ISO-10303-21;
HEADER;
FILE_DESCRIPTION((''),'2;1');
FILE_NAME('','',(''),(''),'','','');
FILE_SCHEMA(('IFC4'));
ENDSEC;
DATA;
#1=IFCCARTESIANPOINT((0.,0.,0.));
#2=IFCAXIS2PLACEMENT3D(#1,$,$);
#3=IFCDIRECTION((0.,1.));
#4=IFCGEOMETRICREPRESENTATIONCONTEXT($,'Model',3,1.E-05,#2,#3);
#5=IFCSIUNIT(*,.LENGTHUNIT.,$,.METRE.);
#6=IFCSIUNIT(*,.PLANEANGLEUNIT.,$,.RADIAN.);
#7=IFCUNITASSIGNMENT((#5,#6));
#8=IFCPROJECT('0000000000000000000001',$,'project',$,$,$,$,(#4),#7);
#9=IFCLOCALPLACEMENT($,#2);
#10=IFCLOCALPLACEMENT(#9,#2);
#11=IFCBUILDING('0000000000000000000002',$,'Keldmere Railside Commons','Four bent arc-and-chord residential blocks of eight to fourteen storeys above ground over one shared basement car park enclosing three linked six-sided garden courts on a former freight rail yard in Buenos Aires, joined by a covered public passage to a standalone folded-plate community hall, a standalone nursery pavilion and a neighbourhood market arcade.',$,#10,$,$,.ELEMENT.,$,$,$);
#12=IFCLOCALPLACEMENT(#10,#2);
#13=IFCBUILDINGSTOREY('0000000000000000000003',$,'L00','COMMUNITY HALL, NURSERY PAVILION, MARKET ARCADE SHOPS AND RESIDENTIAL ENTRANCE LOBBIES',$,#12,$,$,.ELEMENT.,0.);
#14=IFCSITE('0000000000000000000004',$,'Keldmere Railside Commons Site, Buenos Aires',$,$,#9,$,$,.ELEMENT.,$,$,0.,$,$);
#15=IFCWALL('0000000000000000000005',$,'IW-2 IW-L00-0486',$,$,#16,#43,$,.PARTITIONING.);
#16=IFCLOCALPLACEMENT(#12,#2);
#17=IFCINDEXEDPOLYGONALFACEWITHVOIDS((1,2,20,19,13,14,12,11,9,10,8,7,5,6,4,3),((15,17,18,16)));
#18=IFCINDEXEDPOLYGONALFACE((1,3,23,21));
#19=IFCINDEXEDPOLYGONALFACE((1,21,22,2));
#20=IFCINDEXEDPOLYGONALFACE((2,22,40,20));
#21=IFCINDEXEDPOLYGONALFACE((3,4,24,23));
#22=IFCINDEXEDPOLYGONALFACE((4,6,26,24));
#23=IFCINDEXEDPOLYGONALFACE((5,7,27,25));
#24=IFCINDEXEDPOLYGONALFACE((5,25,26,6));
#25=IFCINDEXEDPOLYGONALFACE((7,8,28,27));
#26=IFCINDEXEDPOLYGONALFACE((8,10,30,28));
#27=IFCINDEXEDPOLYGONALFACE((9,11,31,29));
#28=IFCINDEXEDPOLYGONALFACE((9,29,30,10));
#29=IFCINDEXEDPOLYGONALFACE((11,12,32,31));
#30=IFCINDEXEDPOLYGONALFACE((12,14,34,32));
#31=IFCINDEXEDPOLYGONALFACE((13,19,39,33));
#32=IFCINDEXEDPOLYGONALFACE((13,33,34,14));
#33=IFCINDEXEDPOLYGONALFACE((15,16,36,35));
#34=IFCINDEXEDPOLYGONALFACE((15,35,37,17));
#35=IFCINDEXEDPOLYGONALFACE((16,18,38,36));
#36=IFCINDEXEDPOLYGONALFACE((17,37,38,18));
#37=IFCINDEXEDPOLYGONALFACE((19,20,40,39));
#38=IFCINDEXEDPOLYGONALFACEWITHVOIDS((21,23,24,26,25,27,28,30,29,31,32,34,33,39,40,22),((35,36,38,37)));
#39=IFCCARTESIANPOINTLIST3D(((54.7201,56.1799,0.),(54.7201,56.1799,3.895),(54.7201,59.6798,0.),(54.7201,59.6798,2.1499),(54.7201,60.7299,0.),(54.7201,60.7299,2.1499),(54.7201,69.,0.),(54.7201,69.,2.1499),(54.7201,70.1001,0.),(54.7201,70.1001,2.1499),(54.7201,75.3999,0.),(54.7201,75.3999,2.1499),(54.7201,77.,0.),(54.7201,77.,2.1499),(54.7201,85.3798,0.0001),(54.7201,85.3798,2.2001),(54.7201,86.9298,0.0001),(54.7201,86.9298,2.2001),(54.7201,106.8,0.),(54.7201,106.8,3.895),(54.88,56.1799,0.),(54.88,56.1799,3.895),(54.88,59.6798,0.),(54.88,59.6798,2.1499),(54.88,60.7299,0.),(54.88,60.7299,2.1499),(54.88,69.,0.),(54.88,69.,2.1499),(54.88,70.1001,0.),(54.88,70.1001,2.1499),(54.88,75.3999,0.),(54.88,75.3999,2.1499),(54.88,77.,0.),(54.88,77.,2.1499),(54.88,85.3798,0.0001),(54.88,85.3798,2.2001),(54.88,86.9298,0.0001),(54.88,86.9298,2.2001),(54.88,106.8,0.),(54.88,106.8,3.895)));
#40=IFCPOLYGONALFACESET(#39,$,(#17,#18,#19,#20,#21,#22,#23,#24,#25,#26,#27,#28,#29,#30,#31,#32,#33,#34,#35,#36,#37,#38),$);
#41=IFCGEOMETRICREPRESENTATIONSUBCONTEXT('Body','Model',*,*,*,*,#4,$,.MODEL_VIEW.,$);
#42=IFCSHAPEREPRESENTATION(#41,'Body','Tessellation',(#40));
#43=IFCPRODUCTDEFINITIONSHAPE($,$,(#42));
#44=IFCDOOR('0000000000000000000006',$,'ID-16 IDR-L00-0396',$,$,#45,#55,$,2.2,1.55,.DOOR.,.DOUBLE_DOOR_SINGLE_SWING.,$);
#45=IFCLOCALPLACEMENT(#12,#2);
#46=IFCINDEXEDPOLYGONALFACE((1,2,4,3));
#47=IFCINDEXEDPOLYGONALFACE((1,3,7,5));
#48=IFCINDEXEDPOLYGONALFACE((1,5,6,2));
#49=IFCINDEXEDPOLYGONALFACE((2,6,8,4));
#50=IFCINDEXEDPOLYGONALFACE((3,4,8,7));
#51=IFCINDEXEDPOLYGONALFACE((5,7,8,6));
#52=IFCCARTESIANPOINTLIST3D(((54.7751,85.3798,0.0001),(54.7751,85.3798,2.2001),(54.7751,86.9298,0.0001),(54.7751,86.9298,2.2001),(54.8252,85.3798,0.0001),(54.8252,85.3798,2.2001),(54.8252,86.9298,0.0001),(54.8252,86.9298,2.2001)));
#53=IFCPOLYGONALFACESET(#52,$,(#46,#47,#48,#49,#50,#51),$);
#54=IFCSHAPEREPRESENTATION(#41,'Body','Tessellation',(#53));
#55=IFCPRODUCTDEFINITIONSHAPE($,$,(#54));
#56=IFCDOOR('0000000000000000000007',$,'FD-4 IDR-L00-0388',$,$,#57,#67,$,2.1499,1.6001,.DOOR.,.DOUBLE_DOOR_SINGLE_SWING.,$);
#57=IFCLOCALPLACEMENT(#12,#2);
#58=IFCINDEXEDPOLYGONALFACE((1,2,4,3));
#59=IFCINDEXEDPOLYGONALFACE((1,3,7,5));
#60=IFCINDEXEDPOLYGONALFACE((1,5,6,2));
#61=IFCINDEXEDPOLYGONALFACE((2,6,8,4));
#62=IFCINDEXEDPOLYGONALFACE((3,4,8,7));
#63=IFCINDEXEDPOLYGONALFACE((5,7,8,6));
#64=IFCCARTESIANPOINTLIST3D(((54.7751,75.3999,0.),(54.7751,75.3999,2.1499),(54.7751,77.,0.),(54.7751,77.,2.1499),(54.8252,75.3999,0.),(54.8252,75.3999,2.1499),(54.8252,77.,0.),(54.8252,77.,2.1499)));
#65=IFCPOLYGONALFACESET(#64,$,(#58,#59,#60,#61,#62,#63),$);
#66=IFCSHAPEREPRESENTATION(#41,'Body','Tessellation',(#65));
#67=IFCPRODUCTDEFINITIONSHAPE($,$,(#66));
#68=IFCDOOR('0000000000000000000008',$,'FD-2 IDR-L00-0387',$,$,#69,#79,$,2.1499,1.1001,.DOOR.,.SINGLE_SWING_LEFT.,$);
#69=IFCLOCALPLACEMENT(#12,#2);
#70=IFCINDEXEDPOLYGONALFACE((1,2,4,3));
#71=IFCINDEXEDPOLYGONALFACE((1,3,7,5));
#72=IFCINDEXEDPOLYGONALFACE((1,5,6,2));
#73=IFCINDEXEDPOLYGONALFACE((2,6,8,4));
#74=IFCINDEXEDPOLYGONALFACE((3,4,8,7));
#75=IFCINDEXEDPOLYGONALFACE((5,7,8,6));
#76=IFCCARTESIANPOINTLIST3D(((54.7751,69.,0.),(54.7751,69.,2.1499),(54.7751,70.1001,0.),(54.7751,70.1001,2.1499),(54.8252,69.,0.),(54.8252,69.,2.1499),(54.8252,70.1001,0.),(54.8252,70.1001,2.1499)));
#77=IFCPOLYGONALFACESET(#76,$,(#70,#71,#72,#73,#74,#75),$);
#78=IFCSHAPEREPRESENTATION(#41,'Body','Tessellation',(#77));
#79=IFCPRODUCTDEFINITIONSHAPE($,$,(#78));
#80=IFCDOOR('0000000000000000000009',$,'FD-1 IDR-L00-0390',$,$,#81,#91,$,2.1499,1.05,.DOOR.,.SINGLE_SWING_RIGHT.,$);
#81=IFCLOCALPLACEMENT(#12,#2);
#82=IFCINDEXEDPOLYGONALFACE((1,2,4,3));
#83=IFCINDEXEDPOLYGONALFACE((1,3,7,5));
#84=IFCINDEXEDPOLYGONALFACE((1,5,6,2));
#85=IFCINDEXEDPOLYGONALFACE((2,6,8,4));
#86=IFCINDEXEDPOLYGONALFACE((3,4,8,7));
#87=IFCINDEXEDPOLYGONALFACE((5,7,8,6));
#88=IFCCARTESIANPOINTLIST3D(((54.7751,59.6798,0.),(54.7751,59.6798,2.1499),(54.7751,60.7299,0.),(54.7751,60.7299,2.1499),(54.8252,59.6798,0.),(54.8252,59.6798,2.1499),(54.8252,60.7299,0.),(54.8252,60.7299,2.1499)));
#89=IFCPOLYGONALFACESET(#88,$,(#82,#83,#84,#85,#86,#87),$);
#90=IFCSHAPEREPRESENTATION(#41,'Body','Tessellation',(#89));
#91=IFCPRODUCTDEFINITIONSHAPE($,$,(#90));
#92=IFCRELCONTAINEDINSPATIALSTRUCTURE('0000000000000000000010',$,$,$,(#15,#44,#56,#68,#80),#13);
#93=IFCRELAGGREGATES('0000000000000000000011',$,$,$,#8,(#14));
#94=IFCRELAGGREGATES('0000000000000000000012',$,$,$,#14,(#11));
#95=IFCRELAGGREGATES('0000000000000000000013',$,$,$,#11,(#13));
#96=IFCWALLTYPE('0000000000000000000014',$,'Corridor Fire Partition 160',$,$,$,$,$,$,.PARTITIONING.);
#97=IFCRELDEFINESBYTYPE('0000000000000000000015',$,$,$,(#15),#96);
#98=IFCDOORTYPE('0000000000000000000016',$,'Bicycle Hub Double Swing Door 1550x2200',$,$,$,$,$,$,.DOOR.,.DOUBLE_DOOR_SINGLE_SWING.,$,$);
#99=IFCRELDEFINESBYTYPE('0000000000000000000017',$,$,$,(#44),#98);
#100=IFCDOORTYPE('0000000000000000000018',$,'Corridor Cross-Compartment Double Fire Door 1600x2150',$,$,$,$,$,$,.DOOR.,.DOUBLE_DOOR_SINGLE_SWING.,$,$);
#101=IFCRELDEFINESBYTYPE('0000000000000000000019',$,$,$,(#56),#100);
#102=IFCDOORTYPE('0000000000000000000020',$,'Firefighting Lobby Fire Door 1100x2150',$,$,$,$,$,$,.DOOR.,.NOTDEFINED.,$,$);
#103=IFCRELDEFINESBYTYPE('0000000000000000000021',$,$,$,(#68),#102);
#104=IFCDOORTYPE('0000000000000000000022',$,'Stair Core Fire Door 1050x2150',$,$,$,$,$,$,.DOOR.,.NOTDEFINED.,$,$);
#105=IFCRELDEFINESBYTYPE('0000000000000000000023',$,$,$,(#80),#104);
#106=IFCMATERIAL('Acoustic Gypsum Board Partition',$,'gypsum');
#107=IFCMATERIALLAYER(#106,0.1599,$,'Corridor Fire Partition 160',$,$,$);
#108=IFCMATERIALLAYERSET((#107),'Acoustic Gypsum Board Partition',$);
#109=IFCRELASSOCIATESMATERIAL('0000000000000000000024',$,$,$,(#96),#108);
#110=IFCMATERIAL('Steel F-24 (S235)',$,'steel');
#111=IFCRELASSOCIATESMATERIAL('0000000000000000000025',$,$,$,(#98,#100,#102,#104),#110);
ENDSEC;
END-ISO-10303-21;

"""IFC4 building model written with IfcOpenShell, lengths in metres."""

from ifc_helpers import new_model, si_unit, direction, frame, frame_2d, origin, place, context, subcontext, project, spatial, rectangle, extrude, material, layer, layer_set, type_object, element, fill, save


model = new_model("IFC4")

# Units and contexts
model_context = context("Model", 3, precision=1e-05, world=origin(), true_north=direction((0.0, 1.0)))
body_context = subcontext(model_context, "Body", "Model", "MODEL_VIEW")
ifc_project = project(units=[si_unit("LENGTHUNIT", "METRE"), si_unit("PLANEANGLEUNIT", "RADIAN")], contexts=[model_context])

# Site, building, storey
site_placement = place(None, origin())
site = spatial("IfcSite", under=ifc_project, at=site_placement, Name="Keldmere Railside Commons Site, Buenos Aires", CompositionType="ELEMENT", RefElevation=0.0)
building_placement = place(site_placement, origin())
building = spatial("IfcBuilding", under=site, at=building_placement, Name="Keldmere Railside Commons", Description="Four bent arc-and-chord residential blocks of eight to fourteen storeys above ground over one shared basement car park enclosing three linked six-sided garden courts on a former freight rail yard in Buenos Aires, joined by a covered public passage to a standalone folded-plate community hall, a standalone nursery pavilion and a neighbourhood market arcade.", CompositionType="ELEMENT")
storey_placement = place(building_placement, origin())
storey = spatial("IfcBuildingStorey", under=building, at=storey_placement, Name="L00", Description="COMMUNITY HALL, NURSERY PAVILION, MARKET ARCADE SHOPS AND RESIDENTIAL ENTRANCE LOBBIES", CompositionType="ELEMENT", Elevation=0.0)

# Wall, openings, doors
ifc_material_1 = material(Name="Acoustic Gypsum Board Partition", Category="gypsum")
ifc_layer_1 = layer(ifc_material_1, 0.1599, Name="Corridor Fire Partition 160")
ifc_layer_set_1 = layer_set([ifc_layer_1], Name="Acoustic Gypsum Board Partition")
wall_type_1 = type_object("IfcWallType", Name="Corridor Fire Partition 160", PredefinedType="PARTITIONING", material=ifc_layer_set_1)
wall_1_placement = place(storey_placement, frame((54.8, 56.1799, 0.0), z_axis=(0.0, 0.0, 1.0), x_axis=(0.0, 1.0, 0.0)))
wall_1 = element("IfcWall", 1, at=wall_1_placement, inside=storey, type_object=wall_type_1, Name="IW-2 IW-L00-0486", PredefinedType="PARTITIONING", context=body_context, shape_type="SweptSolid", body=[
    extrude(rectangle(XDim=50.6201, YDim=0.1599, at=frame_2d((25.3101, 0.0))), origin(), (0.0, 0.0, 1.0), 3.895),
])
opening_1_placement = place(wall_1_placement, frame((12.8201, 0.0, 0.0)))
opening_1 = element("IfcOpeningElement", 2, at=opening_1_placement, cuts=wall_1, PredefinedType="OPENING", context=body_context, shape_type="SweptSolid", body=[
    extrude(rectangle(XDim=1.1001, YDim=2.1499, at=frame_2d((0.55, 1.075))), frame((0.0, 0.0898, 0.0), z_axis=(0.0, -1.0, 0.0), x_axis=(1.0, 0.0, 0.0)), (0.0, 0.0, 1.0), 0.1799),
])
opening_2_placement = place(wall_1_placement, frame((19.22, 0.0, 0.0)))
opening_2 = element("IfcOpeningElement", 3, at=opening_2_placement, cuts=wall_1, PredefinedType="OPENING", context=body_context, shape_type="SweptSolid", body=[
    extrude(rectangle(XDim=1.6001, YDim=2.1499, at=frame_2d((0.8, 1.075))), frame((0.0, 0.0898, 0.0), z_axis=(0.0, -1.0, 0.0), x_axis=(1.0, 0.0, 0.0)), (0.0, 0.0, 1.0), 0.1799),
])
opening_3_placement = place(wall_1_placement, frame((3.5, 0.0, 0.0)))
opening_3 = element("IfcOpeningElement", 4, at=opening_3_placement, cuts=wall_1, PredefinedType="OPENING", context=body_context, shape_type="SweptSolid", body=[
    extrude(rectangle(XDim=1.05, YDim=2.1499, at=frame_2d((0.5249, 1.075))), frame((0.0, 0.0898, 0.0), z_axis=(0.0, -1.0, 0.0), x_axis=(1.0, 0.0, 0.0)), (0.0, 0.0, 1.0), 0.1799),
])
opening_4_placement = place(wall_1_placement, frame((29.2, 0.0, 0.0)))
opening_4 = element("IfcOpeningElement", 5, at=opening_4_placement, cuts=wall_1, PredefinedType="OPENING", context=body_context, shape_type="SweptSolid", body=[
    extrude(rectangle(XDim=1.55, YDim=2.2, at=frame_2d((0.7749, 1.1001))), frame((0.0, 0.0898, 0.0), z_axis=(0.0, -1.0, 0.0), x_axis=(1.0, 0.0, 0.0)), (0.0, 0.0, 1.0), 0.1799),
])
ifc_material_2 = material(Name="Steel F-24 (S235)", Category="steel")
door_type_1 = type_object("IfcDoorType", Name="Bicycle Hub Double Swing Door 1550x2200", OperationType="DOUBLE_DOOR_SINGLE_SWING", PredefinedType="DOOR", material=ifc_material_2)
door_1_placement = place(opening_4_placement, origin())
door_1 = element("IfcDoor", 6, at=door_1_placement, inside=storey, type_object=door_type_1, Name="ID-16 IDR-L00-0396", OperationType="DOUBLE_DOOR_SINGLE_SWING", OverallHeight=2.2, OverallWidth=1.55, PredefinedType="DOOR", context=body_context, shape_type="SweptSolid", body=[
    extrude(rectangle(XDim=1.55, YDim=2.2, at=frame_2d((0.7749, 1.1001))), frame((0.0, 0.0249, 0.0), z_axis=(0.0, -1.0, 0.0), x_axis=(1.0, 0.0, 0.0)), (0.0, 0.0, 1.0), 0.05),
])
fill(opening_4, door_1)
door_type_2 = type_object("IfcDoorType", Name="Corridor Cross-Compartment Double Fire Door 1600x2150", OperationType="DOUBLE_DOOR_SINGLE_SWING", PredefinedType="DOOR", material=ifc_material_2)
door_2_placement = place(opening_2_placement, origin())
door_2 = element("IfcDoor", 7, at=door_2_placement, inside=storey, type_object=door_type_2, Name="FD-4 IDR-L00-0388", OperationType="DOUBLE_DOOR_SINGLE_SWING", OverallHeight=2.1499, OverallWidth=1.6001, PredefinedType="DOOR", context=body_context, shape_type="SweptSolid", body=[
    extrude(rectangle(XDim=1.6001, YDim=2.1499, at=frame_2d((0.8, 1.075))), frame((0.0, 0.0249, 0.0), z_axis=(0.0, -1.0, 0.0), x_axis=(1.0, 0.0, 0.0)), (0.0, 0.0, 1.0), 0.05),
])
fill(opening_2, door_2)
door_type_3 = type_object("IfcDoorType", Name="Firefighting Lobby Fire Door 1100x2150", OperationType="NOTDEFINED", PredefinedType="DOOR", material=ifc_material_2)
door_3_placement = place(opening_1_placement, origin())
door_3 = element("IfcDoor", 8, at=door_3_placement, inside=storey, type_object=door_type_3, Name="FD-2 IDR-L00-0387", OperationType="SINGLE_SWING_LEFT", OverallHeight=2.1499, OverallWidth=1.1001, PredefinedType="DOOR", context=body_context, shape_type="SweptSolid", body=[
    extrude(rectangle(XDim=1.1001, YDim=2.1499, at=frame_2d((0.55, 1.075))), frame((0.0, 0.0249, 0.0), z_axis=(0.0, -1.0, 0.0), x_axis=(1.0, 0.0, 0.0)), (0.0, 0.0, 1.0), 0.05),
])
fill(opening_1, door_3)
door_type_4 = type_object("IfcDoorType", Name="Stair Core Fire Door 1050x2150", OperationType="NOTDEFINED", PredefinedType="DOOR", material=ifc_material_2)
door_4_placement = place(opening_3_placement, origin())
door_4 = element("IfcDoor", 9, at=door_4_placement, inside=storey, type_object=door_type_4, Name="FD-1 IDR-L00-0390", OperationType="SINGLE_SWING_RIGHT", OverallHeight=2.1499, OverallWidth=1.05, PredefinedType="DOOR", context=body_context, shape_type="SweptSolid", body=[
    extrude(rectangle(XDim=1.05, YDim=2.1499, at=frame_2d((0.5249, 1.075))), frame((0.0, 0.0249, 0.0), z_axis=(0.0, -1.0, 0.0), x_axis=(1.0, 0.0, 0.0)), (0.0, 0.0, 1.0), 0.05),
])
fill(opening_3, door_4)

save(model, "model.ifc")
